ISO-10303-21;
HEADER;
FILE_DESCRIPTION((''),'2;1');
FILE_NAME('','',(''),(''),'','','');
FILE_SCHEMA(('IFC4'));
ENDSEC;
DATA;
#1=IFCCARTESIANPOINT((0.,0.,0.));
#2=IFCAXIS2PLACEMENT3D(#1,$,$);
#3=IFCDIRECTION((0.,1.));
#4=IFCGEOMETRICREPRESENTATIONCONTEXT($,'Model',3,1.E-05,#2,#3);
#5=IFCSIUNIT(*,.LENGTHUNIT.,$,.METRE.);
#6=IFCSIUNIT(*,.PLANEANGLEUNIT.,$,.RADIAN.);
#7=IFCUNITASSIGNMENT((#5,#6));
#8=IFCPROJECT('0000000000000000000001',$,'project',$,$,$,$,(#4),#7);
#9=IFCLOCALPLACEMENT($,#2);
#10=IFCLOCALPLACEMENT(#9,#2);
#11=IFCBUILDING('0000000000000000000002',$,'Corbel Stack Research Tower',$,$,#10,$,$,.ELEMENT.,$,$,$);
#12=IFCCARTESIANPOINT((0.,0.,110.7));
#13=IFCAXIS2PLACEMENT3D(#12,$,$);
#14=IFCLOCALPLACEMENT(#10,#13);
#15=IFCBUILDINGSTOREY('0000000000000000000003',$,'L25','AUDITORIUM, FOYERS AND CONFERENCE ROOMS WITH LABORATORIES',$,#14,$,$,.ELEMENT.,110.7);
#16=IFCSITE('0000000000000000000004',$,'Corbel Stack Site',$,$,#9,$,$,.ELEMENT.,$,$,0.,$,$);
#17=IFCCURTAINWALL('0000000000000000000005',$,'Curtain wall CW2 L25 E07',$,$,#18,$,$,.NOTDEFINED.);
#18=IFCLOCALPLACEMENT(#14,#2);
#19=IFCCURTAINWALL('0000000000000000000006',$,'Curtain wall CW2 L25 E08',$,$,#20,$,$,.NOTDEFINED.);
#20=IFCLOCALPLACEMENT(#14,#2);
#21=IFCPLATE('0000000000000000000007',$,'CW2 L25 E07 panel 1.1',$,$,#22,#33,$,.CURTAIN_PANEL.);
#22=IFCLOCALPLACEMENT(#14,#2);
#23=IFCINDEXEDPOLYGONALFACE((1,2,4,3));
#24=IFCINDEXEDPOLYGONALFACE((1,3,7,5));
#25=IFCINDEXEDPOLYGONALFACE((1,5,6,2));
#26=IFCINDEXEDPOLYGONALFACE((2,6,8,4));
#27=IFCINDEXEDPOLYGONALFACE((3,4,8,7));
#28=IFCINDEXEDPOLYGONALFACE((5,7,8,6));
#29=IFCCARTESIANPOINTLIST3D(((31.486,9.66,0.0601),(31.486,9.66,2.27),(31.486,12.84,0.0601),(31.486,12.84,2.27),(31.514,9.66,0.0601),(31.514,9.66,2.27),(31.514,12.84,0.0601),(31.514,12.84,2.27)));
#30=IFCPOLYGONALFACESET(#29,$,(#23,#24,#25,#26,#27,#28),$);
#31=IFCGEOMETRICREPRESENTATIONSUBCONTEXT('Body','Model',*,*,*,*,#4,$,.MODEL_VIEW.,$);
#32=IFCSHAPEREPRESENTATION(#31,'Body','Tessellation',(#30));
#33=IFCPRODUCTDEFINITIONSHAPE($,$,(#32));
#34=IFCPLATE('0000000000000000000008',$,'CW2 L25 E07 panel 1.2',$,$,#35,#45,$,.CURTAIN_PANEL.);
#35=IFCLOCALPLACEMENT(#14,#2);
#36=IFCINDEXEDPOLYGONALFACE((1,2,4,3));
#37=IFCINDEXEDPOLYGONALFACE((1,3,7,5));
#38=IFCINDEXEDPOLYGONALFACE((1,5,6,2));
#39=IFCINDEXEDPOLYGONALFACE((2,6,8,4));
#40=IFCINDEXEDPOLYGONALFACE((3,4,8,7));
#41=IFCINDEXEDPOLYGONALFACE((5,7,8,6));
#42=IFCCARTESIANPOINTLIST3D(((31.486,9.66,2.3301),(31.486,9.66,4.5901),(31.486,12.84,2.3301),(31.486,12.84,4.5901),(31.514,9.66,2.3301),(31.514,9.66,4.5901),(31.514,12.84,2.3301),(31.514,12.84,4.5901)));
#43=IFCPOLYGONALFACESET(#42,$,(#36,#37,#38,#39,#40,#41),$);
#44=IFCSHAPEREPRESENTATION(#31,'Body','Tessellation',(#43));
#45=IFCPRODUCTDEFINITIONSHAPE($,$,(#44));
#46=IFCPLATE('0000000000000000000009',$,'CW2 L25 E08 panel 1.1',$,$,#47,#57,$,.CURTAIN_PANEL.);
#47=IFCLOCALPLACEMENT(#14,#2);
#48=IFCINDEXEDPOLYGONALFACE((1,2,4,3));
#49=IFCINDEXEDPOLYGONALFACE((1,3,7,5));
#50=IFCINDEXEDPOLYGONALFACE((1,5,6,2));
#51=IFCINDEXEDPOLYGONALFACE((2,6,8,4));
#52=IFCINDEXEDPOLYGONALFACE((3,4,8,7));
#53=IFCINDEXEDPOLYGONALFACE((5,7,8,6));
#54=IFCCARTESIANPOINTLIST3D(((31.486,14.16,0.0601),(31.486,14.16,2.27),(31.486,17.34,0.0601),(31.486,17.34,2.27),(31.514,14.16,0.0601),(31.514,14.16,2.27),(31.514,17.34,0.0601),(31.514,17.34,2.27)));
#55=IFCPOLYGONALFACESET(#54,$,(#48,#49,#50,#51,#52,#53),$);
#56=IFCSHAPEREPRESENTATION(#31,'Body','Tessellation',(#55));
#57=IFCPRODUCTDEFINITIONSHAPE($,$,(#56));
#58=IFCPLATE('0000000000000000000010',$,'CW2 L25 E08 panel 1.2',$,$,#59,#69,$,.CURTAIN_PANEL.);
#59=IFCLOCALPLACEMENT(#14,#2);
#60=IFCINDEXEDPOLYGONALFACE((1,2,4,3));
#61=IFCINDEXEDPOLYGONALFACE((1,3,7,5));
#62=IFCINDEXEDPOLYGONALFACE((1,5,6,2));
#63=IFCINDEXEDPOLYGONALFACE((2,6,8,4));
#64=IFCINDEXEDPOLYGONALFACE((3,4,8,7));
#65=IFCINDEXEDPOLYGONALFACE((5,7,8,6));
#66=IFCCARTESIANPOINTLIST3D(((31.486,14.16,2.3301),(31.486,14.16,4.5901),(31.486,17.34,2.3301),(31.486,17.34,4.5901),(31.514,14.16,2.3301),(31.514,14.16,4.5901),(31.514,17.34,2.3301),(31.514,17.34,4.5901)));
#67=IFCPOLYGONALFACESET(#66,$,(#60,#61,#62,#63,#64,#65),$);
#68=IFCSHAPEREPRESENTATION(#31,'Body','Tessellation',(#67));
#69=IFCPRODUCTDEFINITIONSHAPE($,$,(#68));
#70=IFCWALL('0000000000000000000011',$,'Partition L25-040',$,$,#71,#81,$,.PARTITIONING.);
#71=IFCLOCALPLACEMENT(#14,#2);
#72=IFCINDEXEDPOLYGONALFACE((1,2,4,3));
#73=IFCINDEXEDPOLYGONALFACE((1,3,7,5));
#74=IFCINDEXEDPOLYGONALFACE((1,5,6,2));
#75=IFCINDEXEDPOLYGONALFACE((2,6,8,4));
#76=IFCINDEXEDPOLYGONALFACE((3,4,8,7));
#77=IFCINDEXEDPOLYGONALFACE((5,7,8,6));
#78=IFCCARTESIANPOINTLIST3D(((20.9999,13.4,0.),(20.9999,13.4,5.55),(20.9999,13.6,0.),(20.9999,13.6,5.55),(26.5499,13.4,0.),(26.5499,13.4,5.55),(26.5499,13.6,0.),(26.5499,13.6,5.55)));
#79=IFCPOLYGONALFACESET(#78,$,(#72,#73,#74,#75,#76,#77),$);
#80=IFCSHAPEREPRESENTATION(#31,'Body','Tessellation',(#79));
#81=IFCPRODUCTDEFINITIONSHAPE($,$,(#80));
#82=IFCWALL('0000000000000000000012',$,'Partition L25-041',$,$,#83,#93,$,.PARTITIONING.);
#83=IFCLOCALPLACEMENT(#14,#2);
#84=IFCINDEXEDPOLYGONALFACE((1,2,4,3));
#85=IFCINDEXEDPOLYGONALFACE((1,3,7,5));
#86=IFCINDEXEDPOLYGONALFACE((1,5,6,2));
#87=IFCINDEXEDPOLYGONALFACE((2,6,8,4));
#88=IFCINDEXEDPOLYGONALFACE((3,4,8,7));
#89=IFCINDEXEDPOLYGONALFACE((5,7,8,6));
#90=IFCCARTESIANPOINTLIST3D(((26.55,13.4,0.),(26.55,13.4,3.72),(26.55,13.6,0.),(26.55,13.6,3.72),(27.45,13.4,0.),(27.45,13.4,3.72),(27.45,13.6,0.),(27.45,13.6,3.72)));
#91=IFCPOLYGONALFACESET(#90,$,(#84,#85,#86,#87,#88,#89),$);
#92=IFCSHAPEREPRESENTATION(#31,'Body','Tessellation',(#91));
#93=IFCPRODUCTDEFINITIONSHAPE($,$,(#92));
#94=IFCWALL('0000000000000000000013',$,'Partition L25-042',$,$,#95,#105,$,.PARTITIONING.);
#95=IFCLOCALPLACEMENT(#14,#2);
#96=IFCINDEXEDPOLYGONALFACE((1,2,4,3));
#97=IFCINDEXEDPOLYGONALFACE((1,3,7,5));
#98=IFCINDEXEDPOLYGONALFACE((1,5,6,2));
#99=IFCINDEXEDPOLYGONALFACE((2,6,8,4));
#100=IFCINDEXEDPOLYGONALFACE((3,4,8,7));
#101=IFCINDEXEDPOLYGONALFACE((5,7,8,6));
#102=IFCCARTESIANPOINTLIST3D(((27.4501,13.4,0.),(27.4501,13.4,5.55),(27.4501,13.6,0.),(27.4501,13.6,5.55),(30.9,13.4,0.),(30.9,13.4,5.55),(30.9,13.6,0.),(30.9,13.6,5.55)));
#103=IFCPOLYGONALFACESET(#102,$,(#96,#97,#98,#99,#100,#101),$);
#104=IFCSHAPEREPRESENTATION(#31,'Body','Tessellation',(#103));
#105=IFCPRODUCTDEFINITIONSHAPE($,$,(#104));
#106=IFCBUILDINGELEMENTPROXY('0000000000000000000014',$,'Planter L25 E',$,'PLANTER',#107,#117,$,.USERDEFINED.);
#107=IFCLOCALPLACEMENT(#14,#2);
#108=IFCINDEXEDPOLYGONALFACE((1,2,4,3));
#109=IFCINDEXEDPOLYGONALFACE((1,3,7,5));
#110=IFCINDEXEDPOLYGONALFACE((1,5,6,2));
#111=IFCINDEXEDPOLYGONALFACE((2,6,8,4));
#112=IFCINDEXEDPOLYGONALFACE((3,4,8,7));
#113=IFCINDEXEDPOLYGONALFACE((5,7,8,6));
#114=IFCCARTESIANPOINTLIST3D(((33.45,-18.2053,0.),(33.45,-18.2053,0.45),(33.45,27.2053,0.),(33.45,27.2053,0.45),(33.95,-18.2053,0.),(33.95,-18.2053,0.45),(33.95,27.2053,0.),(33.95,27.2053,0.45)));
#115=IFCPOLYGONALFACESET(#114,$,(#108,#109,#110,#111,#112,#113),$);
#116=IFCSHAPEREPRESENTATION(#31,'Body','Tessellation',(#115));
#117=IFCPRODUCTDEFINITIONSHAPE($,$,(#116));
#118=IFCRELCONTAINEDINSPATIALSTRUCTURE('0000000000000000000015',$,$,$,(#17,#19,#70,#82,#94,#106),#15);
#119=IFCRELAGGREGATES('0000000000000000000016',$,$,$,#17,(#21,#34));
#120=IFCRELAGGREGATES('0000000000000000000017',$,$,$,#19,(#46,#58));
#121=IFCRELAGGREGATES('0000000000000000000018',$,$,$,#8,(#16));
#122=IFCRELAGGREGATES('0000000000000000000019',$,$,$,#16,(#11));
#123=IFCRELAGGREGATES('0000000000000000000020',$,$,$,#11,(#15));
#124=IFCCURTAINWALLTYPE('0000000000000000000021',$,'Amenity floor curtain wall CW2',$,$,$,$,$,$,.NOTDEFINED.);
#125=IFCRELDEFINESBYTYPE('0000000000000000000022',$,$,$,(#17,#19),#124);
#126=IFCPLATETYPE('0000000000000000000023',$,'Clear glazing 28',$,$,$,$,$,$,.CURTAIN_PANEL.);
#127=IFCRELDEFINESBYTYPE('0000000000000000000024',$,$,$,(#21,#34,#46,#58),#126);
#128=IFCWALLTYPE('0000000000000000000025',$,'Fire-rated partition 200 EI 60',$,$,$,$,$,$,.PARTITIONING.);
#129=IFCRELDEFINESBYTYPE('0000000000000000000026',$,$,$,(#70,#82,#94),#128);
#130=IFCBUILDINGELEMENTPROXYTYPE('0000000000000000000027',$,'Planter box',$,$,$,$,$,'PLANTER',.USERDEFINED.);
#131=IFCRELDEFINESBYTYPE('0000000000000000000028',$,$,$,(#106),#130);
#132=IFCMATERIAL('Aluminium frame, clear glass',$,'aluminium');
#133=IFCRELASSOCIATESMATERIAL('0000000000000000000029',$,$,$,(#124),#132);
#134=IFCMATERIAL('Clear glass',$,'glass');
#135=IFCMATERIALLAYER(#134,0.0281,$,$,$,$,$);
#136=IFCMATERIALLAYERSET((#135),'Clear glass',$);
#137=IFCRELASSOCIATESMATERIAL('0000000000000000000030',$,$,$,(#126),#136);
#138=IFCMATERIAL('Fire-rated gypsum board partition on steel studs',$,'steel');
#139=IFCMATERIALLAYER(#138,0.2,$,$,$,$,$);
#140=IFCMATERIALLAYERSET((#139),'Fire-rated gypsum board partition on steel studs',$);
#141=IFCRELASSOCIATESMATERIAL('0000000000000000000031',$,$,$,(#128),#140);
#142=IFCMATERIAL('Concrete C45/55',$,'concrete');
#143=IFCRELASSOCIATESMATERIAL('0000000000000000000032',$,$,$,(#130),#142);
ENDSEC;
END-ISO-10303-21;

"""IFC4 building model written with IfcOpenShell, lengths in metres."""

from ifc_helpers import new_model, si_unit, direction, frame, frame_2d, origin, origin_2d, place, context, subcontext, project, spatial, rectangle, extrude, material, layer, layer_set, type_object, element, aggregate, save


model = new_model("IFC4")

# Units and contexts
model_context = context("Model", 3, precision=1e-05, world=origin(), true_north=direction((0.0, 1.0)))
body_context = subcontext(model_context, "Body", "Model", "MODEL_VIEW")
ifc_project = project(units=[si_unit("LENGTHUNIT", "METRE"), si_unit("PLANEANGLEUNIT", "RADIAN")], contexts=[model_context])

# Site, building, storey
site_placement = place(None, origin())
site = spatial("IfcSite", under=ifc_project, at=site_placement, Name="Corbel Stack Site", CompositionType="ELEMENT", RefElevation=0.0)
building_placement = place(site_placement, origin())
building = spatial("IfcBuilding", under=site, at=building_placement, Name="Corbel Stack Research Tower", CompositionType="ELEMENT")
storey_placement = place(building_placement, frame((0.0, 0.0, 110.7)))
storey = spatial("IfcBuildingStorey", under=building, at=storey_placement, Name="L25", Description="AUDITORIUM, FOYERS AND CONFERENCE ROOMS WITH LABORATORIES", CompositionType="ELEMENT", Elevation=110.7)

# Shared definitions
ifc_material_1 = material(Name="Aluminium frame, clear glass", Category="aluminium")
curtain_wall_type = type_object("IfcCurtainWallType", Name="Amenity floor curtain wall CW2", PredefinedType="NOTDEFINED", material=ifc_material_1)

# Curtain walls
curtain_wall_1_placement = place(storey_placement, origin())
curtain_wall_1 = element("IfcCurtainWall", 1, at=curtain_wall_1_placement, inside=storey, type_object=curtain_wall_type, Name="Curtain wall CW2 L25 E07", PredefinedType="NOTDEFINED")
curtain_wall_2_placement = place(storey_placement, origin())
curtain_wall_2 = element("IfcCurtainWall", 2, at=curtain_wall_2_placement, inside=storey, type_object=curtain_wall_type, Name="Curtain wall CW2 L25 E08", PredefinedType="NOTDEFINED")

# Plates
ifc_material_2 = material(Name="Clear glass", Category="glass")
ifc_layer_1 = layer(ifc_material_2, 0.0281)
ifc_layer_set_1 = layer_set([ifc_layer_1], Name="Clear glass")
plate_type = type_object("IfcPlateType", Name="Clear glazing 28", PredefinedType="CURTAIN_PANEL", material=ifc_layer_set_1)
plate_1_placement = place(storey_placement, frame((31.5, 11.25, 0.0601), z_axis=(0.0, 0.0, 1.0), x_axis=(0.0, 1.0, 0.0)))
plate_1 = element("IfcPlate", 3, at=plate_1_placement, type_object=plate_type, Name="CW2 L25 E07 panel 1.1", PredefinedType="CURTAIN_PANEL", context=body_context, shape_type="SweptSolid", body=[
    extrude(rectangle(XDim=3.1799, YDim=0.0281, at=origin_2d()), origin(), (0.0, 0.0, 1.0), 2.21),
])
plate_2_placement = place(storey_placement, frame((31.5, 11.25, 2.3301), z_axis=(0.0, 0.0, 1.0), x_axis=(0.0, 1.0, 0.0)))
plate_2 = element("IfcPlate", 4, at=plate_2_placement, type_object=plate_type, Name="CW2 L25 E07 panel 1.2", PredefinedType="CURTAIN_PANEL", context=body_context, shape_type="SweptSolid", body=[
    extrude(rectangle(XDim=3.1799, YDim=0.0281, at=origin_2d()), origin(), (0.0, 0.0, 1.0), 2.26),
])
aggregate(curtain_wall_1, [plate_1, plate_2])
plate_3_placement = place(storey_placement, frame((31.5, 15.75, 0.0601), z_axis=(0.0, 0.0, 1.0), x_axis=(0.0, 1.0, 0.0)))
plate_3 = element("IfcPlate", 5, at=plate_3_placement, type_object=plate_type, Name="CW2 L25 E08 panel 1.1", PredefinedType="CURTAIN_PANEL", context=body_context, shape_type="SweptSolid", body=[
    extrude(rectangle(XDim=3.1799, YDim=0.0281, at=origin_2d()), origin(), (0.0, 0.0, 1.0), 2.21),
])
plate_4_placement = place(storey_placement, frame((31.5, 15.75, 2.3301), z_axis=(0.0, 0.0, 1.0), x_axis=(0.0, 1.0, 0.0)))
plate_4 = element("IfcPlate", 6, at=plate_4_placement, type_object=plate_type, Name="CW2 L25 E08 panel 1.2", PredefinedType="CURTAIN_PANEL", context=body_context, shape_type="SweptSolid", body=[
    extrude(rectangle(XDim=3.1799, YDim=0.0281, at=origin_2d()), origin(), (0.0, 0.0, 1.0), 2.26),
])
aggregate(curtain_wall_2, [plate_3, plate_4])

# Walls
ifc_material_3 = material(Name="Fire-rated gypsum board partition on steel studs", Category="steel")
ifc_layer_2 = layer(ifc_material_3, 0.2)
ifc_layer_set_2 = layer_set([ifc_layer_2], Name="Fire-rated gypsum board partition on steel studs")
wall_type = type_object("IfcWallType", Name="Fire-rated partition 200 EI 60", PredefinedType="PARTITIONING", material=ifc_layer_set_2)
wall_1_placement = place(storey_placement, frame((21.0, 13.5, 0.0), z_axis=(0.0, 0.0, 1.0), x_axis=(1.0, 0.0, 0.0)))
element("IfcWall", 7, at=wall_1_placement, inside=storey, type_object=wall_type, Name="Partition L25-040", PredefinedType="PARTITIONING", context=body_context, shape_type="SweptSolid", body=[
    extrude(rectangle(XDim=5.55, YDim=0.2, at=frame_2d((2.7749, 0.0))), origin(), (0.0, 0.0, 1.0), 5.55),
])
wall_2_placement = place(storey_placement, frame((26.55, 13.5, 0.0), z_axis=(0.0, 0.0, 1.0), x_axis=(1.0, 0.0, 0.0)))
element("IfcWall", 8, at=wall_2_placement, inside=storey, type_object=wall_type, Name="Partition L25-041", PredefinedType="PARTITIONING", context=body_context, shape_type="SweptSolid", body=[
    extrude(rectangle(XDim=0.8999, YDim=0.2, at=frame_2d((0.45, 0.0))), origin(), (0.0, 0.0, 1.0), 3.72),
])
wall_3_placement = place(storey_placement, frame((27.45, 13.5, 0.0), z_axis=(0.0, 0.0, 1.0), x_axis=(1.0, 0.0, 0.0)))
element("IfcWall", 9, at=wall_3_placement, inside=storey, type_object=wall_type, Name="Partition L25-042", PredefinedType="PARTITIONING", context=body_context, shape_type="SweptSolid", body=[
    extrude(rectangle(XDim=3.45, YDim=0.2, at=frame_2d((1.7251, 0.0))), origin(), (0.0, 0.0, 1.0), 5.55),
])

# Building element proxy
ifc_material_4 = material(Name="Concrete C45/55", Category="concrete")
building_element_proxy_type = type_object("IfcBuildingElementProxyType", Name="Planter box", ElementType="PLANTER", PredefinedType="USERDEFINED", material=ifc_material_4)
proxy_placement = place(storey_placement, frame((33.7, 4.5, 0.0), z_axis=(0.0, 0.0, 1.0), x_axis=(0.0, 1.0, 0.0)))
element("IfcBuildingElementProxy", 10, at=proxy_placement, inside=storey, type_object=building_element_proxy_type, Name="Planter L25 E", ObjectType="PLANTER", PredefinedType="USERDEFINED", context=body_context, shape_type="SweptSolid", body=[
    extrude(rectangle(XDim=45.4106, YDim=0.5, at=origin_2d()), origin(), (0.0, 0.0, 1.0), 0.45),
])

save(model, "model.ifc")
